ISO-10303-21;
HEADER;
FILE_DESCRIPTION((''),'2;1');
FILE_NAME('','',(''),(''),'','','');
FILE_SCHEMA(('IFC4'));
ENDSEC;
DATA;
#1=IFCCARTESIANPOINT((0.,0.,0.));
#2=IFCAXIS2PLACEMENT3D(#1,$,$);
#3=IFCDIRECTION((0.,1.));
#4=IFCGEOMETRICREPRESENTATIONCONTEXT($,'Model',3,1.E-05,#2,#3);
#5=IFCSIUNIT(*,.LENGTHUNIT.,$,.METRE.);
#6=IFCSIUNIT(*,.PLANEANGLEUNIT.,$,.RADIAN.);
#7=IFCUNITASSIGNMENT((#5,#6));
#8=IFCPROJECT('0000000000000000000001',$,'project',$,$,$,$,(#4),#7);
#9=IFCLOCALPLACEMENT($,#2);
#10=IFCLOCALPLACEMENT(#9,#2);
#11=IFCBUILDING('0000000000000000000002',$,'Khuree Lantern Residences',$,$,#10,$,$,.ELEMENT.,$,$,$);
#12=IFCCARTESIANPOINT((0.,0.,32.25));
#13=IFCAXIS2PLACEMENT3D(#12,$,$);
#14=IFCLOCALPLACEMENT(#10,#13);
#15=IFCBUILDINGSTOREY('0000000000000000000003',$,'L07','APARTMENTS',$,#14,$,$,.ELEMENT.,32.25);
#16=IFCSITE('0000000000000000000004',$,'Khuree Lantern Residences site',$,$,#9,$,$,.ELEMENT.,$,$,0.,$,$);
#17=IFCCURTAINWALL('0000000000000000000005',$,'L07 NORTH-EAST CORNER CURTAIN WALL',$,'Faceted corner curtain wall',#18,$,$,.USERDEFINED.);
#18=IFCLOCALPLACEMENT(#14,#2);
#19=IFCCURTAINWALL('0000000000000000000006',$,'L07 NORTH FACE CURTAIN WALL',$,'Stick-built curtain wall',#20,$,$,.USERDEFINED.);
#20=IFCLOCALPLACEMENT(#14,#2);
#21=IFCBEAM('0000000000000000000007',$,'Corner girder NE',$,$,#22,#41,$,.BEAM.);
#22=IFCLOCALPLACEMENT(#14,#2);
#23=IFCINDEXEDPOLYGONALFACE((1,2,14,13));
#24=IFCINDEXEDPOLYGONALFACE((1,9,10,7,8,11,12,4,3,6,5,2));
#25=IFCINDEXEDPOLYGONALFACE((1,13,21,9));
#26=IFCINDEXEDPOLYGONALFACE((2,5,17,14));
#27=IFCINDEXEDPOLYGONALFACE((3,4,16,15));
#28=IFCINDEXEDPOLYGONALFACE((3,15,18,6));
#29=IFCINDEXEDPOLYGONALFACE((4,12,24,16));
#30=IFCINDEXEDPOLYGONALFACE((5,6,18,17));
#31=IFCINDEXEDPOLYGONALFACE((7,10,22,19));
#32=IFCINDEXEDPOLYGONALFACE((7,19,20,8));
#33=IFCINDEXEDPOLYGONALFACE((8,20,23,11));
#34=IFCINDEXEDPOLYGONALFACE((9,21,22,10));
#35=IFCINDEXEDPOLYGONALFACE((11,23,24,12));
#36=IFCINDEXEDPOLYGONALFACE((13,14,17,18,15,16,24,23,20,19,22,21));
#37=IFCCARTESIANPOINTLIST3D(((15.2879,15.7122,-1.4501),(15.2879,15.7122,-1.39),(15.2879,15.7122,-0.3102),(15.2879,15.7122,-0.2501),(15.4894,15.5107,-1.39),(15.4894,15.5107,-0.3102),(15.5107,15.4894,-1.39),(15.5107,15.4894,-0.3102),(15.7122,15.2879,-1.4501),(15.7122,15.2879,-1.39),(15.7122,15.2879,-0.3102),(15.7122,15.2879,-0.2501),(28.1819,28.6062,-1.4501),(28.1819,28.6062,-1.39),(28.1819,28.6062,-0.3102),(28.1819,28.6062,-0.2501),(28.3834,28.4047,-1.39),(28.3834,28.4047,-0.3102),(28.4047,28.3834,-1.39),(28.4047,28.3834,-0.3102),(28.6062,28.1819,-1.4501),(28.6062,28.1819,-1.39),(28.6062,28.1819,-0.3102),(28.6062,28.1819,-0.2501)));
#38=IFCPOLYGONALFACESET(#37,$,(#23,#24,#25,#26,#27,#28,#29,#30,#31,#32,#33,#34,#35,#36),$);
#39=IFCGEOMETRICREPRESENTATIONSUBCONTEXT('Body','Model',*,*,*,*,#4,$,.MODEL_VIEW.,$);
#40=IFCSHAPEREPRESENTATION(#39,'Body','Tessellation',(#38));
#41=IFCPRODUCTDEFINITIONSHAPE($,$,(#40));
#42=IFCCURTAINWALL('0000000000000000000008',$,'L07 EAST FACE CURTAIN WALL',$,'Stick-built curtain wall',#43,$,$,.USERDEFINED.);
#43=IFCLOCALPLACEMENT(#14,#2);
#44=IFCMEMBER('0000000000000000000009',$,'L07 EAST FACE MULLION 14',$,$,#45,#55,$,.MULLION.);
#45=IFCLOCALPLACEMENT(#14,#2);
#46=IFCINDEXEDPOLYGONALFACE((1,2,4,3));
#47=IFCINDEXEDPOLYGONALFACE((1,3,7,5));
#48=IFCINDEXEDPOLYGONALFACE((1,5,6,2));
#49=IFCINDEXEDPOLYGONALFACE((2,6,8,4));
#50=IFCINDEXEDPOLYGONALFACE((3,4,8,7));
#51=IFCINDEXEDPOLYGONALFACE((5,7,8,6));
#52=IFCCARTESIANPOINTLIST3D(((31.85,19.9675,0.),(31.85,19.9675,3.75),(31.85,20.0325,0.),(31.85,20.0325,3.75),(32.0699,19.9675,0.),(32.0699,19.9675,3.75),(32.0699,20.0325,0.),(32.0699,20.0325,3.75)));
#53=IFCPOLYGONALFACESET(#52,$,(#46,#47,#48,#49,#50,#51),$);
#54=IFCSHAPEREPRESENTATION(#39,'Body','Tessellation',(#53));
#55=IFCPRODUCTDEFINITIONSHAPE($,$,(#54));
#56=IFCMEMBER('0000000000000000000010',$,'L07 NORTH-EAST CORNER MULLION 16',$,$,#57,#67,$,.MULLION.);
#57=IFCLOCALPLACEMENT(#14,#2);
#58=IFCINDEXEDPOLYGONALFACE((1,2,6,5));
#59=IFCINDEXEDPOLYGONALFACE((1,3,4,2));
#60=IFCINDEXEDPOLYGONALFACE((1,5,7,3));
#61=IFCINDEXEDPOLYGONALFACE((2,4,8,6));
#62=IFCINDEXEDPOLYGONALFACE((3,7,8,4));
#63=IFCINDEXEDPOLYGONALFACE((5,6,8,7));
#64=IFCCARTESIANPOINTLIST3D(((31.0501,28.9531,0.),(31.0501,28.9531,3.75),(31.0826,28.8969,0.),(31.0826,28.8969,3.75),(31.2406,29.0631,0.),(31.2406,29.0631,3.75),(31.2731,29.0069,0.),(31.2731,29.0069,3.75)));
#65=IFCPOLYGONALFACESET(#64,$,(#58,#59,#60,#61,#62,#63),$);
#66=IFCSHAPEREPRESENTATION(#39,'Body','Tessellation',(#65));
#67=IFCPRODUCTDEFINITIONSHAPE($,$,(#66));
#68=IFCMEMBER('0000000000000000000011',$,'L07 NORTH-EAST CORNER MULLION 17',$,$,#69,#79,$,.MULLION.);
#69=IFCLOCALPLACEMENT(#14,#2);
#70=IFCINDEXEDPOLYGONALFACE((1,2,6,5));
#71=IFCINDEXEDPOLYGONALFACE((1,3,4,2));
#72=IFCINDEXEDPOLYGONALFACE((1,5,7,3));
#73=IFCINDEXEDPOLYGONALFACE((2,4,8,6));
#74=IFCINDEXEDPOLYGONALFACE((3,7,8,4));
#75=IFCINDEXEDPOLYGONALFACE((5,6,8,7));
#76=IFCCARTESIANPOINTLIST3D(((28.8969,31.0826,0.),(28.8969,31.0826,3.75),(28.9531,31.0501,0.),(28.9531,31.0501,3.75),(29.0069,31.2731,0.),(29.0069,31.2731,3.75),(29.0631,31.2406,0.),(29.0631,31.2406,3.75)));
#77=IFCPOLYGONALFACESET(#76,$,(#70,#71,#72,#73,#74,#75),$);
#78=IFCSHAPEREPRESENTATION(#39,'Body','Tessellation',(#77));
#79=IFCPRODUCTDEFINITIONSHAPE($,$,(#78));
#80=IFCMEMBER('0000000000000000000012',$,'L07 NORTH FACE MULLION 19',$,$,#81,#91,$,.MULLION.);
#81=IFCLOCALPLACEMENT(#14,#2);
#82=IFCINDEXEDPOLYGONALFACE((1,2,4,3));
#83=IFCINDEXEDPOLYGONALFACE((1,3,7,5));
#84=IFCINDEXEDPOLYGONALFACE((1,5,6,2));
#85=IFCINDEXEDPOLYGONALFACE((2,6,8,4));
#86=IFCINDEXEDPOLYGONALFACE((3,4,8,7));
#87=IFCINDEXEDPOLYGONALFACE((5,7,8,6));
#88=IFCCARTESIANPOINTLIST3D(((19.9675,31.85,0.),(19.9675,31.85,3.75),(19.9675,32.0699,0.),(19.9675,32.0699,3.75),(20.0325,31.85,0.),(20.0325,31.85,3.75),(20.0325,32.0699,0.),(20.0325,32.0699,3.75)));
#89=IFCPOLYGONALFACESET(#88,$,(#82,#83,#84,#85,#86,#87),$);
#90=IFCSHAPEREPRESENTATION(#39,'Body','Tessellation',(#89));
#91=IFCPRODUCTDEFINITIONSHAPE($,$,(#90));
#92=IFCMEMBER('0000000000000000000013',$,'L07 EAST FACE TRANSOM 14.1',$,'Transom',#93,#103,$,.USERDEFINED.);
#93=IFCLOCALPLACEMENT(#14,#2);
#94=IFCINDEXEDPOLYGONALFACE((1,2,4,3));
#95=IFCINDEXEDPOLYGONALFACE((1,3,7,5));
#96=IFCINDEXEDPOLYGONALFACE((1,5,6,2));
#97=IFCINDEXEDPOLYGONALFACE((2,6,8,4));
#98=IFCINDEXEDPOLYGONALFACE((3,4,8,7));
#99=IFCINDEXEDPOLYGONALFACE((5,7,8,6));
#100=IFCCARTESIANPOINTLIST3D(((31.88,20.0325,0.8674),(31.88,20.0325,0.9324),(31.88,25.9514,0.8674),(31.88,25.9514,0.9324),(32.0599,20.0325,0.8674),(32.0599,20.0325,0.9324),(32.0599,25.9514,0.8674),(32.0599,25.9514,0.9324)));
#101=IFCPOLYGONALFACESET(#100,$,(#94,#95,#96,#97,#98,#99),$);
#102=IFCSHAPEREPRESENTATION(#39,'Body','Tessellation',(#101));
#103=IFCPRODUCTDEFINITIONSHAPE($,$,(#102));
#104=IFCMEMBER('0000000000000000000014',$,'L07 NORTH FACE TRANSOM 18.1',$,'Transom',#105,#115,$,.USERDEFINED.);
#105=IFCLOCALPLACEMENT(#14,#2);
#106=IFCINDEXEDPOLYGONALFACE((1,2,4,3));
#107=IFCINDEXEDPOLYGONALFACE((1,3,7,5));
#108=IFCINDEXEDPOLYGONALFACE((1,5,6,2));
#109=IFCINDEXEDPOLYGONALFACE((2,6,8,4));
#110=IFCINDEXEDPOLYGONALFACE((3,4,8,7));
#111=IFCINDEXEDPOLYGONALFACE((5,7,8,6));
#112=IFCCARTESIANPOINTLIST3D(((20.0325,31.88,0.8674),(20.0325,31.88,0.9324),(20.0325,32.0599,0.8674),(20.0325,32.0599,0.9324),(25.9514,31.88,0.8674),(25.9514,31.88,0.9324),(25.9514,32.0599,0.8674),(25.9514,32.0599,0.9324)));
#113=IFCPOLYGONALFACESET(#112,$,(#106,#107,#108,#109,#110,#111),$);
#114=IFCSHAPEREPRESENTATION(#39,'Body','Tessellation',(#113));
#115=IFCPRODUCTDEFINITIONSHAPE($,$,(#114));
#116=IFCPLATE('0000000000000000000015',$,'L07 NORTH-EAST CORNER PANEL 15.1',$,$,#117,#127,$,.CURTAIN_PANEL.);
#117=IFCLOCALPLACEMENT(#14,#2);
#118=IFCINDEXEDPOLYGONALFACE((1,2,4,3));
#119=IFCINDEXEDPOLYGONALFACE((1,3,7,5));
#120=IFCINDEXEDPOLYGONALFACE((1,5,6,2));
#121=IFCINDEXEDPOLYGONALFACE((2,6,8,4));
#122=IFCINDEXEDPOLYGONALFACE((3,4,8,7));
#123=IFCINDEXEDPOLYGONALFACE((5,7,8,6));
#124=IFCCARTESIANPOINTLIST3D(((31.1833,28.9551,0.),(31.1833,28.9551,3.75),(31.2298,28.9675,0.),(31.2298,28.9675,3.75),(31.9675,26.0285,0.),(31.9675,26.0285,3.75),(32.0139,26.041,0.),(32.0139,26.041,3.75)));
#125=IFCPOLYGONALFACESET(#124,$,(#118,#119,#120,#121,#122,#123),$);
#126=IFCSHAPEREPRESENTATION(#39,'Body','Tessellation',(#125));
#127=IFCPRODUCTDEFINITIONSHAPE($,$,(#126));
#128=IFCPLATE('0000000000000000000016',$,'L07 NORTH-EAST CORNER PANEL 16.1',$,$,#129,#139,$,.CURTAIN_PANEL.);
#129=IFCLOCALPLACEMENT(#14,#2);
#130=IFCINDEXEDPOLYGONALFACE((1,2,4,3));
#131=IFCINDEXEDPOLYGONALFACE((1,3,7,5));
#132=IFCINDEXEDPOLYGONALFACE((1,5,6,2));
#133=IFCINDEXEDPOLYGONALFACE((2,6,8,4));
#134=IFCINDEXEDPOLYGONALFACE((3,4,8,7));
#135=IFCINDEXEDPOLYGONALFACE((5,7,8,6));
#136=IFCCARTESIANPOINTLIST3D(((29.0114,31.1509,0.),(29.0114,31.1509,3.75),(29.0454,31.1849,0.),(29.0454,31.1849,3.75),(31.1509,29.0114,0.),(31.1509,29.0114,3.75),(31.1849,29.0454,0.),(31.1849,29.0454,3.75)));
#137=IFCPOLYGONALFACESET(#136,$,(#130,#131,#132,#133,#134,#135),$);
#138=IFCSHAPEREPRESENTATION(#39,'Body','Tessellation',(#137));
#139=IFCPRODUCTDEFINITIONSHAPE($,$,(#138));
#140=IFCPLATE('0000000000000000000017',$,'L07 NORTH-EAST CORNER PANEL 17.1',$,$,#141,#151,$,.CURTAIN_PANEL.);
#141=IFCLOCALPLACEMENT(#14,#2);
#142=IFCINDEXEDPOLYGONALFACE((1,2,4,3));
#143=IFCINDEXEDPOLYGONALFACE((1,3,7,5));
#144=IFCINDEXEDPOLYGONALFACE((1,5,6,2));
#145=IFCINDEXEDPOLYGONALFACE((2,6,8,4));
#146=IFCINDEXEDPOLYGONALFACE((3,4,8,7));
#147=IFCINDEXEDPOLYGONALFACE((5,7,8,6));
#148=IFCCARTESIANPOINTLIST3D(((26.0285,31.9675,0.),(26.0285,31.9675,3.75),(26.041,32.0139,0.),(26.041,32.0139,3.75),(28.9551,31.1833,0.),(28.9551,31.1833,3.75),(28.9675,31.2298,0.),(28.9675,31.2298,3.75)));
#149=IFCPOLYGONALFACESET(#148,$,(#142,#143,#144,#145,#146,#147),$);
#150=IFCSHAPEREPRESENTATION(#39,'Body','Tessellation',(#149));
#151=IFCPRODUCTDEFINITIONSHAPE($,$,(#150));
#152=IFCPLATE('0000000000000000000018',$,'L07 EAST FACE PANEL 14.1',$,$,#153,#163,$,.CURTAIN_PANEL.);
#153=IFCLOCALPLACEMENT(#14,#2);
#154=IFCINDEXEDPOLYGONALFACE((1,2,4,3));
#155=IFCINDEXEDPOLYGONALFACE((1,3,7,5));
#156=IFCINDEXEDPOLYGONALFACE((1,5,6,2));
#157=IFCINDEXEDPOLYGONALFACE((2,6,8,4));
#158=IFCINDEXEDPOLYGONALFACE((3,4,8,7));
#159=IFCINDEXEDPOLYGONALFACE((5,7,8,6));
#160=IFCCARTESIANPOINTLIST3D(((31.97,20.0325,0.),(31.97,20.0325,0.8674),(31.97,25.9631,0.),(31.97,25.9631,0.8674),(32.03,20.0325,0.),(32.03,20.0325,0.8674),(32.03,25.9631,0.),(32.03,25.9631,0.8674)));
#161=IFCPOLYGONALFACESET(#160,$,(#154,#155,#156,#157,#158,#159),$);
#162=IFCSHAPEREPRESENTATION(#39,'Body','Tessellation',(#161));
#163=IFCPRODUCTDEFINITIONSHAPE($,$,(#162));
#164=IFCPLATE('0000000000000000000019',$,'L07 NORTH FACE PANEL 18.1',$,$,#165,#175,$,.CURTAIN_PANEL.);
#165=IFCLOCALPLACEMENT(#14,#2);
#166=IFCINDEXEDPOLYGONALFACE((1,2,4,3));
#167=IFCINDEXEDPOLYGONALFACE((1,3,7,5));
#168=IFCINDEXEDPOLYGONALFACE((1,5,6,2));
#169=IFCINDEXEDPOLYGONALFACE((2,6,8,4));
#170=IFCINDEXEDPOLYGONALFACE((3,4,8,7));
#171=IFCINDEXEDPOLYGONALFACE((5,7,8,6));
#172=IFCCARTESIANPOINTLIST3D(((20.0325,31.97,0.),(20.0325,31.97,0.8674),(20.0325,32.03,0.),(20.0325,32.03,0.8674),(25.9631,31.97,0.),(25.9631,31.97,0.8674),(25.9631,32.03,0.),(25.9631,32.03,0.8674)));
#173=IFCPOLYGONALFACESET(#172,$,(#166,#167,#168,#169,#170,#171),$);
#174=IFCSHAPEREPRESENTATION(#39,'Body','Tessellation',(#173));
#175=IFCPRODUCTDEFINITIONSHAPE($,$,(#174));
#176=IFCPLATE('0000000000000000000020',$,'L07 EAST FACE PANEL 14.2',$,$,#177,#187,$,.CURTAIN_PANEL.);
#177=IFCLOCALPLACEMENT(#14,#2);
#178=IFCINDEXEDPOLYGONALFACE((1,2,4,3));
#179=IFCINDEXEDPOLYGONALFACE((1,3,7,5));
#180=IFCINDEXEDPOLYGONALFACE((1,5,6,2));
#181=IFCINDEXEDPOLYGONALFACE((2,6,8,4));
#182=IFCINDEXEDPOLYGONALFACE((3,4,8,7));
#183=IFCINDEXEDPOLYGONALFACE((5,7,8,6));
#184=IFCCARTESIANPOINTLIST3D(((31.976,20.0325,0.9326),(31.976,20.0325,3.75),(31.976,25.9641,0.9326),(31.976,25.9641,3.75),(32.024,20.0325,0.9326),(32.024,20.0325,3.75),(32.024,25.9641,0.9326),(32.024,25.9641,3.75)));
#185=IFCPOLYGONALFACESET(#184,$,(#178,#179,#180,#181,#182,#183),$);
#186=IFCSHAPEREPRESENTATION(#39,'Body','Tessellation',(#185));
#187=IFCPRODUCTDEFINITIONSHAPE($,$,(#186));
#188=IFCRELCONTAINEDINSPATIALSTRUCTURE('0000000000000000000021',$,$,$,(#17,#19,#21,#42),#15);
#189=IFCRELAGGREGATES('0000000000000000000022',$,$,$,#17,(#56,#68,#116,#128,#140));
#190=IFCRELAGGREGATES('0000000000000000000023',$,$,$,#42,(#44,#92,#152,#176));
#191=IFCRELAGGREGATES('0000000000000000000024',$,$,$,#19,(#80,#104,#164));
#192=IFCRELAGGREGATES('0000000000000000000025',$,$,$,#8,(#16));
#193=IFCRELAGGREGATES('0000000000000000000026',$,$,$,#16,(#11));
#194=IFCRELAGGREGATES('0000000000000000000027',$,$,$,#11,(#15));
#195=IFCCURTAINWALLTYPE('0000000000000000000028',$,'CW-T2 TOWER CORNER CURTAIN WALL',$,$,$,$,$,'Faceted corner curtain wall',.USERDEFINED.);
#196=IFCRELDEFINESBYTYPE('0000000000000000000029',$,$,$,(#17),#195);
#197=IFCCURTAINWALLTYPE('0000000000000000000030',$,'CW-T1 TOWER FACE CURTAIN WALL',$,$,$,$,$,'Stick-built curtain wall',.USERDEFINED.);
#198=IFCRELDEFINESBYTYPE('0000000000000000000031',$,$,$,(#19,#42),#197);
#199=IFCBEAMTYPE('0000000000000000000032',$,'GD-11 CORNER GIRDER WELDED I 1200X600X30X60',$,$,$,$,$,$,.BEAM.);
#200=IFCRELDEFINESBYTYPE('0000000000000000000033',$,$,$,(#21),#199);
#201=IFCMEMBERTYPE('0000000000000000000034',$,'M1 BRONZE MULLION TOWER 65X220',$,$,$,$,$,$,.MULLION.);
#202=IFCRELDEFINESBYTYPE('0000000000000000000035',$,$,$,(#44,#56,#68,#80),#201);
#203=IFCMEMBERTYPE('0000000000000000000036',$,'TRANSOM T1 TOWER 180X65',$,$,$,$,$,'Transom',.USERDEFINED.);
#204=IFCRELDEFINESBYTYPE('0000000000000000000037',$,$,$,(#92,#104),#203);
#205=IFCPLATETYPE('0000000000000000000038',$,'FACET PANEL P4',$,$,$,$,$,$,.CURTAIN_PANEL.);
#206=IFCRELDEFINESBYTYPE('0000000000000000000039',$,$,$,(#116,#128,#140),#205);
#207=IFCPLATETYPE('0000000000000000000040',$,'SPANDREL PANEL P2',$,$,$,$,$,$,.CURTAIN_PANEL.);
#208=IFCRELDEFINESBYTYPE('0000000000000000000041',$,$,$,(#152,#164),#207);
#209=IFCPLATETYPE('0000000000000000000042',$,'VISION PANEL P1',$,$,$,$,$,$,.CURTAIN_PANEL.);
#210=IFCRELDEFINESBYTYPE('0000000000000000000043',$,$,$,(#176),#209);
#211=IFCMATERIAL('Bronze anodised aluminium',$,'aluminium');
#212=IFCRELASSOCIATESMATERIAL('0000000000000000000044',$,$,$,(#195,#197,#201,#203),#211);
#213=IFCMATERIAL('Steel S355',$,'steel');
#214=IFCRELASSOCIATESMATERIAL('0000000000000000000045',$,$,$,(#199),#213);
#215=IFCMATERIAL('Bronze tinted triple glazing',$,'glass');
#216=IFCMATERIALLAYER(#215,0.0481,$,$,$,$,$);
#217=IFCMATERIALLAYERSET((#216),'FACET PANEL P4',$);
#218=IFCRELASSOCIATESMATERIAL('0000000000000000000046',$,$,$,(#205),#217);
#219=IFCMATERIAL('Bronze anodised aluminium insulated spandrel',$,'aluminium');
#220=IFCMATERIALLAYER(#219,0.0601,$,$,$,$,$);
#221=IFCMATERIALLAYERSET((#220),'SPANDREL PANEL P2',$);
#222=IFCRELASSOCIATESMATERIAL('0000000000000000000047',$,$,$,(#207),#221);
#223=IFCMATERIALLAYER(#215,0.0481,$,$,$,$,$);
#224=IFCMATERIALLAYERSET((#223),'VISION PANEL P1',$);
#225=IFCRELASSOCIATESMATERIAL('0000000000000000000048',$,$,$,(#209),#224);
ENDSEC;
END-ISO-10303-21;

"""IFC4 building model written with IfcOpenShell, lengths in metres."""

from ifc_helpers import new_model, si_unit, direction, frame, origin, origin_2d, place, context, subcontext, project, spatial, rectangle, i_section, extrude, material, layer, layer_set, material_profile, profile_set, type_object, element, aggregate, save


model = new_model("IFC4")

# Units and contexts
model_context = context("Model", 3, precision=1e-05, world=origin(), true_north=direction((0.0, 1.0)))
body_context = subcontext(model_context, "Body", "Model", "MODEL_VIEW")
ifc_project = project(units=[si_unit("LENGTHUNIT", "METRE"), si_unit("PLANEANGLEUNIT", "RADIAN")], contexts=[model_context])

# Site, building, storey
site_placement = place(None, origin())
site = spatial("IfcSite", under=ifc_project, at=site_placement, Name="Khuree Lantern Residences site", CompositionType="ELEMENT", RefElevation=0.0)
building_placement = place(site_placement, origin())
building = spatial("IfcBuilding", under=site, at=building_placement, Name="Khuree Lantern Residences", CompositionType="ELEMENT")
storey_placement = place(building_placement, frame((0.0, 0.0, 32.25)))
storey = spatial("IfcBuildingStorey", under=building, at=storey_placement, Name="L07", Description="APARTMENTS", CompositionType="ELEMENT", Elevation=32.25)

# Shared definitions
ifc_material_1 = material(Name="Steel S355", Category="steel")

# Curtain walls
ifc_material_2 = material(Name="Bronze anodised aluminium", Category="aluminium")
curtain_wall_type_1 = type_object("IfcCurtainWallType", Name="CW-T2 TOWER CORNER CURTAIN WALL", ElementType="Faceted corner curtain wall", PredefinedType="USERDEFINED", material=ifc_material_2)
curtain_wall_1_placement = place(storey_placement, origin())
curtain_wall_1 = element("IfcCurtainWall", 1, at=curtain_wall_1_placement, inside=storey, type_object=curtain_wall_type_1, Name="L07 NORTH-EAST CORNER CURTAIN WALL", ObjectType="Faceted corner curtain wall", PredefinedType="USERDEFINED")
curtain_wall_type_2 = type_object("IfcCurtainWallType", Name="CW-T1 TOWER FACE CURTAIN WALL", ElementType="Stick-built curtain wall", PredefinedType="USERDEFINED", material=ifc_material_2)
curtain_wall_2_placement = place(storey_placement, origin())
curtain_wall_2 = element("IfcCurtainWall", 2, at=curtain_wall_2_placement, inside=storey, type_object=curtain_wall_type_2, Name="L07 NORTH FACE CURTAIN WALL", ObjectType="Stick-built curtain wall", PredefinedType="USERDEFINED")

# Beam
ifc_material_profile_1 = material_profile(ifc_material_1, i_section(OverallWidth=0.6001, OverallDepth=1.2, WebThickness=0.03, FlangeThickness=0.0601, at=origin_2d()), Name="WELDED I 1200X600X30X60")
ifc_profile_set_1 = profile_set([ifc_material_profile_1], Name="Steel S355")
beam_type_1 = type_object("IfcBeamType", Name="GD-11 CORNER GIRDER WELDED I 1200X600X30X60", PredefinedType="BEAM", material=ifc_profile_set_1)
beam_1_placement = place(storey_placement, frame((28.394, 28.394, -0.8501), z_axis=(-0.707107, -0.707107, 0.0), x_axis=(0.707107, -0.707107, 0.0)))
element("IfcBeam", 3, at=beam_1_placement, inside=storey, type_object=beam_type_1, Name="Corner girder NE", PredefinedType="BEAM", context=body_context, shape_type="SweptSolid", body=[
    extrude(i_section(OverallWidth=0.6001, OverallDepth=1.2, WebThickness=0.03, FlangeThickness=0.0601, at=origin_2d()), origin(), (0.0, 0.0, 1.0), 18.2349),
])

# Curtain wall, member
curtain_wall_3_placement = place(storey_placement, origin())
curtain_wall_3 = element("IfcCurtainWall", 4, at=curtain_wall_3_placement, inside=storey, type_object=curtain_wall_type_2, Name="L07 EAST FACE CURTAIN WALL", ObjectType="Stick-built curtain wall", PredefinedType="USERDEFINED")
ifc_material_profile_2 = material_profile(ifc_material_2, rectangle(XDim=0.0649, YDim=0.22, at=origin_2d()), Name="M1 65X220")
ifc_profile_set_2 = profile_set([ifc_material_profile_2], Name="Bronze anodised aluminium")
member_type_1 = type_object("IfcMemberType", Name="M1 BRONZE MULLION TOWER 65X220", PredefinedType="MULLION", material=ifc_profile_set_2)
member_1_placement = place(storey_placement, frame((31.96, 20.0, 0.0), z_axis=(0.0, 0.0, 1.0), x_axis=(0.0, 1.0, 0.0)))
member_1 = element("IfcMember", 5, at=member_1_placement, type_object=member_type_1, Name="L07 EAST FACE MULLION 14", PredefinedType="MULLION", context=body_context, shape_type="SweptSolid", body=[
    extrude(rectangle(XDim=0.0649, YDim=0.22, at=origin_2d()), origin(), (0.0, 0.0, 1.0), 3.75),
])

# Members
member_2_placement = place(storey_placement, frame((31.1616, 28.98, 0.0), z_axis=(0.0, 0.0, 1.0), x_axis=(-0.5, 0.866025, 0.0)))
member_2 = element("IfcMember", 6, at=member_2_placement, type_object=member_type_1, Name="L07 NORTH-EAST CORNER MULLION 16", PredefinedType="MULLION", context=body_context, shape_type="SweptSolid", body=[
    extrude(rectangle(XDim=0.0649, YDim=0.22, at=origin_2d()), origin(), (0.0, 0.0, 1.0), 3.75),
])
member_3_placement = place(storey_placement, frame((28.98, 31.1616, 0.0), z_axis=(0.0, 0.0, 1.0), x_axis=(-0.866025, 0.5, 0.0)))
member_3 = element("IfcMember", 7, at=member_3_placement, type_object=member_type_1, Name="L07 NORTH-EAST CORNER MULLION 17", PredefinedType="MULLION", context=body_context, shape_type="SweptSolid", body=[
    extrude(rectangle(XDim=0.0649, YDim=0.22, at=origin_2d()), origin(), (0.0, 0.0, 1.0), 3.75),
])
member_4_placement = place(storey_placement, frame((20.0, 31.96, 0.0), z_axis=(0.0, 0.0, 1.0), x_axis=(-1.0, 0.0, 0.0)))
member_4 = element("IfcMember", 8, at=member_4_placement, type_object=member_type_1, Name="L07 NORTH FACE MULLION 19", PredefinedType="MULLION", context=body_context, shape_type="SweptSolid", body=[
    extrude(rectangle(XDim=0.0649, YDim=0.22, at=origin_2d()), origin(), (0.0, 0.0, 1.0), 3.75),
])
ifc_material_profile_3 = material_profile(ifc_material_2, rectangle(XDim=0.1799, YDim=0.0649, at=origin_2d()), Name="T1 180X65")
ifc_profile_set_3 = profile_set([ifc_material_profile_3], Name="Bronze anodised aluminium")
member_type_2 = type_object("IfcMemberType", Name="TRANSOM T1 TOWER 180X65", ElementType="Transom", PredefinedType="USERDEFINED", material=ifc_profile_set_3)
member_5_placement = place(storey_placement, frame((31.97, 20.0325, 0.8999), z_axis=(0.0, 1.0, 0.0), x_axis=(-1.0, 0.0, 0.0)))
member_5 = element("IfcMember", 9, at=member_5_placement, type_object=member_type_2, Name="L07 EAST FACE TRANSOM 14.1", ObjectType="Transom", PredefinedType="USERDEFINED", context=body_context, shape_type="SweptSolid", body=[
    extrude(rectangle(XDim=0.1799, YDim=0.0649, at=origin_2d()), origin(), (0.0, 0.0, 1.0), 5.9189),
])
member_6_placement = place(storey_placement, frame((25.9514, 31.97, 0.8999), z_axis=(-1.0, 0.0, 0.0), x_axis=(0.0, -1.0, 0.0)))
member_6 = element("IfcMember", 10, at=member_6_placement, type_object=member_type_2, Name="L07 NORTH FACE TRANSOM 18.1", ObjectType="Transom", PredefinedType="USERDEFINED", context=body_context, shape_type="SweptSolid", body=[
    extrude(rectangle(XDim=0.1799, YDim=0.0649, at=origin_2d()), origin(), (0.0, 0.0, 1.0), 5.9189),
])

# Plates
ifc_material_3 = material(Name="Bronze tinted triple glazing", Category="glass")
ifc_layer_1 = layer(ifc_material_3, 0.0481)
ifc_layer_set_1 = layer_set([ifc_layer_1], Name="FACET PANEL P4")
plate_type_1 = type_object("IfcPlateType", Name="FACET PANEL P4", PredefinedType="CURTAIN_PANEL", material=ifc_layer_set_1)
plate_1_placement = place(storey_placement, frame((31.5986, 27.498, 0.0), z_axis=(0.0, 0.0, 1.0), x_axis=(-0.258819, 0.965926, 0.0)))
plate_1 = element("IfcPlate", 11, at=plate_1_placement, type_object=plate_type_1, Name="L07 NORTH-EAST CORNER PANEL 15.1", PredefinedType="CURTAIN_PANEL", context=body_context, shape_type="SweptSolid", body=[
    extrude(rectangle(XDim=3.0298, YDim=0.0481, at=origin_2d()), origin(), (0.0, 0.0, 1.0), 3.75),
])
plate_2_placement = place(storey_placement, frame((30.0981, 30.0981, 0.0), z_axis=(0.0, 0.0, 1.0), x_axis=(-0.707107, 0.707107, 0.0)))
plate_2 = element("IfcPlate", 12, at=plate_2_placement, type_object=plate_type_1, Name="L07 NORTH-EAST CORNER PANEL 16.1", PredefinedType="CURTAIN_PANEL", context=body_context, shape_type="SweptSolid", body=[
    extrude(rectangle(XDim=3.0256, YDim=0.0481, at=origin_2d()), origin(), (0.0, 0.0, 1.0), 3.75),
])
plate_3_placement = place(storey_placement, frame((27.498, 31.5986, 0.0), z_axis=(0.0, 0.0, 1.0), x_axis=(-0.965926, 0.258819, 0.0)))
plate_3 = element("IfcPlate", 13, at=plate_3_placement, type_object=plate_type_1, Name="L07 NORTH-EAST CORNER PANEL 17.1", PredefinedType="CURTAIN_PANEL", context=body_context, shape_type="SweptSolid", body=[
    extrude(rectangle(XDim=3.0298, YDim=0.0481, at=origin_2d()), origin(), (0.0, 0.0, 1.0), 3.75),
])
aggregate(curtain_wall_1, [member_2, member_3, plate_1, plate_2, plate_3])
ifc_material_4 = material(Name="Bronze anodised aluminium insulated spandrel", Category="aluminium")
ifc_layer_2 = layer(ifc_material_4, 0.0601)
ifc_layer_set_2 = layer_set([ifc_layer_2], Name="SPANDREL PANEL P2")
plate_type_2 = type_object("IfcPlateType", Name="SPANDREL PANEL P2", PredefinedType="CURTAIN_PANEL", material=ifc_layer_set_2)
plate_4_placement = place(storey_placement, frame((32.0, 22.9978, 0.0), z_axis=(0.0, 0.0, 1.0), x_axis=(0.0, 1.0, 0.0)))
plate_4 = element("IfcPlate", 14, at=plate_4_placement, type_object=plate_type_2, Name="L07 EAST FACE PANEL 14.1", PredefinedType="CURTAIN_PANEL", context=body_context, shape_type="SweptSolid", body=[
    extrude(rectangle(XDim=5.9307, YDim=0.0601, at=origin_2d()), origin(), (0.0, 0.0, 1.0), 0.8674),
])
plate_5_placement = place(storey_placement, frame((22.9978, 32.0, 0.0), z_axis=(0.0, 0.0, 1.0), x_axis=(-1.0, 0.0, 0.0)))
plate_5 = element("IfcPlate", 15, at=plate_5_placement, type_object=plate_type_2, Name="L07 NORTH FACE PANEL 18.1", PredefinedType="CURTAIN_PANEL", context=body_context, shape_type="SweptSolid", body=[
    extrude(rectangle(XDim=5.9307, YDim=0.0601, at=origin_2d()), origin(), (0.0, 0.0, 1.0), 0.8674),
])
ifc_layer_3 = layer(ifc_material_3, 0.0481)
ifc_layer_set_3 = layer_set([ifc_layer_3], Name="VISION PANEL P1")
plate_type_3 = type_object("IfcPlateType", Name="VISION PANEL P1", PredefinedType="CURTAIN_PANEL", material=ifc_layer_set_3)
plate_6_placement = place(storey_placement, frame((32.0, 22.9983, 0.9326), z_axis=(0.0, 0.0, 1.0), x_axis=(0.0, 1.0, 0.0)))
plate_6 = element("IfcPlate", 16, at=plate_6_placement, type_object=plate_type_3, Name="L07 EAST FACE PANEL 14.2", PredefinedType="CURTAIN_PANEL", context=body_context, shape_type="SweptSolid", body=[
    extrude(rectangle(XDim=5.9316, YDim=0.0481, at=origin_2d()), origin(), (0.0, 0.0, 1.0), 2.8174),
])
aggregate(curtain_wall_3, [member_1, member_5, plate_4, plate_6])
aggregate(curtain_wall_2, [member_4, member_6, plate_5])

save(model, "model.ifc")
